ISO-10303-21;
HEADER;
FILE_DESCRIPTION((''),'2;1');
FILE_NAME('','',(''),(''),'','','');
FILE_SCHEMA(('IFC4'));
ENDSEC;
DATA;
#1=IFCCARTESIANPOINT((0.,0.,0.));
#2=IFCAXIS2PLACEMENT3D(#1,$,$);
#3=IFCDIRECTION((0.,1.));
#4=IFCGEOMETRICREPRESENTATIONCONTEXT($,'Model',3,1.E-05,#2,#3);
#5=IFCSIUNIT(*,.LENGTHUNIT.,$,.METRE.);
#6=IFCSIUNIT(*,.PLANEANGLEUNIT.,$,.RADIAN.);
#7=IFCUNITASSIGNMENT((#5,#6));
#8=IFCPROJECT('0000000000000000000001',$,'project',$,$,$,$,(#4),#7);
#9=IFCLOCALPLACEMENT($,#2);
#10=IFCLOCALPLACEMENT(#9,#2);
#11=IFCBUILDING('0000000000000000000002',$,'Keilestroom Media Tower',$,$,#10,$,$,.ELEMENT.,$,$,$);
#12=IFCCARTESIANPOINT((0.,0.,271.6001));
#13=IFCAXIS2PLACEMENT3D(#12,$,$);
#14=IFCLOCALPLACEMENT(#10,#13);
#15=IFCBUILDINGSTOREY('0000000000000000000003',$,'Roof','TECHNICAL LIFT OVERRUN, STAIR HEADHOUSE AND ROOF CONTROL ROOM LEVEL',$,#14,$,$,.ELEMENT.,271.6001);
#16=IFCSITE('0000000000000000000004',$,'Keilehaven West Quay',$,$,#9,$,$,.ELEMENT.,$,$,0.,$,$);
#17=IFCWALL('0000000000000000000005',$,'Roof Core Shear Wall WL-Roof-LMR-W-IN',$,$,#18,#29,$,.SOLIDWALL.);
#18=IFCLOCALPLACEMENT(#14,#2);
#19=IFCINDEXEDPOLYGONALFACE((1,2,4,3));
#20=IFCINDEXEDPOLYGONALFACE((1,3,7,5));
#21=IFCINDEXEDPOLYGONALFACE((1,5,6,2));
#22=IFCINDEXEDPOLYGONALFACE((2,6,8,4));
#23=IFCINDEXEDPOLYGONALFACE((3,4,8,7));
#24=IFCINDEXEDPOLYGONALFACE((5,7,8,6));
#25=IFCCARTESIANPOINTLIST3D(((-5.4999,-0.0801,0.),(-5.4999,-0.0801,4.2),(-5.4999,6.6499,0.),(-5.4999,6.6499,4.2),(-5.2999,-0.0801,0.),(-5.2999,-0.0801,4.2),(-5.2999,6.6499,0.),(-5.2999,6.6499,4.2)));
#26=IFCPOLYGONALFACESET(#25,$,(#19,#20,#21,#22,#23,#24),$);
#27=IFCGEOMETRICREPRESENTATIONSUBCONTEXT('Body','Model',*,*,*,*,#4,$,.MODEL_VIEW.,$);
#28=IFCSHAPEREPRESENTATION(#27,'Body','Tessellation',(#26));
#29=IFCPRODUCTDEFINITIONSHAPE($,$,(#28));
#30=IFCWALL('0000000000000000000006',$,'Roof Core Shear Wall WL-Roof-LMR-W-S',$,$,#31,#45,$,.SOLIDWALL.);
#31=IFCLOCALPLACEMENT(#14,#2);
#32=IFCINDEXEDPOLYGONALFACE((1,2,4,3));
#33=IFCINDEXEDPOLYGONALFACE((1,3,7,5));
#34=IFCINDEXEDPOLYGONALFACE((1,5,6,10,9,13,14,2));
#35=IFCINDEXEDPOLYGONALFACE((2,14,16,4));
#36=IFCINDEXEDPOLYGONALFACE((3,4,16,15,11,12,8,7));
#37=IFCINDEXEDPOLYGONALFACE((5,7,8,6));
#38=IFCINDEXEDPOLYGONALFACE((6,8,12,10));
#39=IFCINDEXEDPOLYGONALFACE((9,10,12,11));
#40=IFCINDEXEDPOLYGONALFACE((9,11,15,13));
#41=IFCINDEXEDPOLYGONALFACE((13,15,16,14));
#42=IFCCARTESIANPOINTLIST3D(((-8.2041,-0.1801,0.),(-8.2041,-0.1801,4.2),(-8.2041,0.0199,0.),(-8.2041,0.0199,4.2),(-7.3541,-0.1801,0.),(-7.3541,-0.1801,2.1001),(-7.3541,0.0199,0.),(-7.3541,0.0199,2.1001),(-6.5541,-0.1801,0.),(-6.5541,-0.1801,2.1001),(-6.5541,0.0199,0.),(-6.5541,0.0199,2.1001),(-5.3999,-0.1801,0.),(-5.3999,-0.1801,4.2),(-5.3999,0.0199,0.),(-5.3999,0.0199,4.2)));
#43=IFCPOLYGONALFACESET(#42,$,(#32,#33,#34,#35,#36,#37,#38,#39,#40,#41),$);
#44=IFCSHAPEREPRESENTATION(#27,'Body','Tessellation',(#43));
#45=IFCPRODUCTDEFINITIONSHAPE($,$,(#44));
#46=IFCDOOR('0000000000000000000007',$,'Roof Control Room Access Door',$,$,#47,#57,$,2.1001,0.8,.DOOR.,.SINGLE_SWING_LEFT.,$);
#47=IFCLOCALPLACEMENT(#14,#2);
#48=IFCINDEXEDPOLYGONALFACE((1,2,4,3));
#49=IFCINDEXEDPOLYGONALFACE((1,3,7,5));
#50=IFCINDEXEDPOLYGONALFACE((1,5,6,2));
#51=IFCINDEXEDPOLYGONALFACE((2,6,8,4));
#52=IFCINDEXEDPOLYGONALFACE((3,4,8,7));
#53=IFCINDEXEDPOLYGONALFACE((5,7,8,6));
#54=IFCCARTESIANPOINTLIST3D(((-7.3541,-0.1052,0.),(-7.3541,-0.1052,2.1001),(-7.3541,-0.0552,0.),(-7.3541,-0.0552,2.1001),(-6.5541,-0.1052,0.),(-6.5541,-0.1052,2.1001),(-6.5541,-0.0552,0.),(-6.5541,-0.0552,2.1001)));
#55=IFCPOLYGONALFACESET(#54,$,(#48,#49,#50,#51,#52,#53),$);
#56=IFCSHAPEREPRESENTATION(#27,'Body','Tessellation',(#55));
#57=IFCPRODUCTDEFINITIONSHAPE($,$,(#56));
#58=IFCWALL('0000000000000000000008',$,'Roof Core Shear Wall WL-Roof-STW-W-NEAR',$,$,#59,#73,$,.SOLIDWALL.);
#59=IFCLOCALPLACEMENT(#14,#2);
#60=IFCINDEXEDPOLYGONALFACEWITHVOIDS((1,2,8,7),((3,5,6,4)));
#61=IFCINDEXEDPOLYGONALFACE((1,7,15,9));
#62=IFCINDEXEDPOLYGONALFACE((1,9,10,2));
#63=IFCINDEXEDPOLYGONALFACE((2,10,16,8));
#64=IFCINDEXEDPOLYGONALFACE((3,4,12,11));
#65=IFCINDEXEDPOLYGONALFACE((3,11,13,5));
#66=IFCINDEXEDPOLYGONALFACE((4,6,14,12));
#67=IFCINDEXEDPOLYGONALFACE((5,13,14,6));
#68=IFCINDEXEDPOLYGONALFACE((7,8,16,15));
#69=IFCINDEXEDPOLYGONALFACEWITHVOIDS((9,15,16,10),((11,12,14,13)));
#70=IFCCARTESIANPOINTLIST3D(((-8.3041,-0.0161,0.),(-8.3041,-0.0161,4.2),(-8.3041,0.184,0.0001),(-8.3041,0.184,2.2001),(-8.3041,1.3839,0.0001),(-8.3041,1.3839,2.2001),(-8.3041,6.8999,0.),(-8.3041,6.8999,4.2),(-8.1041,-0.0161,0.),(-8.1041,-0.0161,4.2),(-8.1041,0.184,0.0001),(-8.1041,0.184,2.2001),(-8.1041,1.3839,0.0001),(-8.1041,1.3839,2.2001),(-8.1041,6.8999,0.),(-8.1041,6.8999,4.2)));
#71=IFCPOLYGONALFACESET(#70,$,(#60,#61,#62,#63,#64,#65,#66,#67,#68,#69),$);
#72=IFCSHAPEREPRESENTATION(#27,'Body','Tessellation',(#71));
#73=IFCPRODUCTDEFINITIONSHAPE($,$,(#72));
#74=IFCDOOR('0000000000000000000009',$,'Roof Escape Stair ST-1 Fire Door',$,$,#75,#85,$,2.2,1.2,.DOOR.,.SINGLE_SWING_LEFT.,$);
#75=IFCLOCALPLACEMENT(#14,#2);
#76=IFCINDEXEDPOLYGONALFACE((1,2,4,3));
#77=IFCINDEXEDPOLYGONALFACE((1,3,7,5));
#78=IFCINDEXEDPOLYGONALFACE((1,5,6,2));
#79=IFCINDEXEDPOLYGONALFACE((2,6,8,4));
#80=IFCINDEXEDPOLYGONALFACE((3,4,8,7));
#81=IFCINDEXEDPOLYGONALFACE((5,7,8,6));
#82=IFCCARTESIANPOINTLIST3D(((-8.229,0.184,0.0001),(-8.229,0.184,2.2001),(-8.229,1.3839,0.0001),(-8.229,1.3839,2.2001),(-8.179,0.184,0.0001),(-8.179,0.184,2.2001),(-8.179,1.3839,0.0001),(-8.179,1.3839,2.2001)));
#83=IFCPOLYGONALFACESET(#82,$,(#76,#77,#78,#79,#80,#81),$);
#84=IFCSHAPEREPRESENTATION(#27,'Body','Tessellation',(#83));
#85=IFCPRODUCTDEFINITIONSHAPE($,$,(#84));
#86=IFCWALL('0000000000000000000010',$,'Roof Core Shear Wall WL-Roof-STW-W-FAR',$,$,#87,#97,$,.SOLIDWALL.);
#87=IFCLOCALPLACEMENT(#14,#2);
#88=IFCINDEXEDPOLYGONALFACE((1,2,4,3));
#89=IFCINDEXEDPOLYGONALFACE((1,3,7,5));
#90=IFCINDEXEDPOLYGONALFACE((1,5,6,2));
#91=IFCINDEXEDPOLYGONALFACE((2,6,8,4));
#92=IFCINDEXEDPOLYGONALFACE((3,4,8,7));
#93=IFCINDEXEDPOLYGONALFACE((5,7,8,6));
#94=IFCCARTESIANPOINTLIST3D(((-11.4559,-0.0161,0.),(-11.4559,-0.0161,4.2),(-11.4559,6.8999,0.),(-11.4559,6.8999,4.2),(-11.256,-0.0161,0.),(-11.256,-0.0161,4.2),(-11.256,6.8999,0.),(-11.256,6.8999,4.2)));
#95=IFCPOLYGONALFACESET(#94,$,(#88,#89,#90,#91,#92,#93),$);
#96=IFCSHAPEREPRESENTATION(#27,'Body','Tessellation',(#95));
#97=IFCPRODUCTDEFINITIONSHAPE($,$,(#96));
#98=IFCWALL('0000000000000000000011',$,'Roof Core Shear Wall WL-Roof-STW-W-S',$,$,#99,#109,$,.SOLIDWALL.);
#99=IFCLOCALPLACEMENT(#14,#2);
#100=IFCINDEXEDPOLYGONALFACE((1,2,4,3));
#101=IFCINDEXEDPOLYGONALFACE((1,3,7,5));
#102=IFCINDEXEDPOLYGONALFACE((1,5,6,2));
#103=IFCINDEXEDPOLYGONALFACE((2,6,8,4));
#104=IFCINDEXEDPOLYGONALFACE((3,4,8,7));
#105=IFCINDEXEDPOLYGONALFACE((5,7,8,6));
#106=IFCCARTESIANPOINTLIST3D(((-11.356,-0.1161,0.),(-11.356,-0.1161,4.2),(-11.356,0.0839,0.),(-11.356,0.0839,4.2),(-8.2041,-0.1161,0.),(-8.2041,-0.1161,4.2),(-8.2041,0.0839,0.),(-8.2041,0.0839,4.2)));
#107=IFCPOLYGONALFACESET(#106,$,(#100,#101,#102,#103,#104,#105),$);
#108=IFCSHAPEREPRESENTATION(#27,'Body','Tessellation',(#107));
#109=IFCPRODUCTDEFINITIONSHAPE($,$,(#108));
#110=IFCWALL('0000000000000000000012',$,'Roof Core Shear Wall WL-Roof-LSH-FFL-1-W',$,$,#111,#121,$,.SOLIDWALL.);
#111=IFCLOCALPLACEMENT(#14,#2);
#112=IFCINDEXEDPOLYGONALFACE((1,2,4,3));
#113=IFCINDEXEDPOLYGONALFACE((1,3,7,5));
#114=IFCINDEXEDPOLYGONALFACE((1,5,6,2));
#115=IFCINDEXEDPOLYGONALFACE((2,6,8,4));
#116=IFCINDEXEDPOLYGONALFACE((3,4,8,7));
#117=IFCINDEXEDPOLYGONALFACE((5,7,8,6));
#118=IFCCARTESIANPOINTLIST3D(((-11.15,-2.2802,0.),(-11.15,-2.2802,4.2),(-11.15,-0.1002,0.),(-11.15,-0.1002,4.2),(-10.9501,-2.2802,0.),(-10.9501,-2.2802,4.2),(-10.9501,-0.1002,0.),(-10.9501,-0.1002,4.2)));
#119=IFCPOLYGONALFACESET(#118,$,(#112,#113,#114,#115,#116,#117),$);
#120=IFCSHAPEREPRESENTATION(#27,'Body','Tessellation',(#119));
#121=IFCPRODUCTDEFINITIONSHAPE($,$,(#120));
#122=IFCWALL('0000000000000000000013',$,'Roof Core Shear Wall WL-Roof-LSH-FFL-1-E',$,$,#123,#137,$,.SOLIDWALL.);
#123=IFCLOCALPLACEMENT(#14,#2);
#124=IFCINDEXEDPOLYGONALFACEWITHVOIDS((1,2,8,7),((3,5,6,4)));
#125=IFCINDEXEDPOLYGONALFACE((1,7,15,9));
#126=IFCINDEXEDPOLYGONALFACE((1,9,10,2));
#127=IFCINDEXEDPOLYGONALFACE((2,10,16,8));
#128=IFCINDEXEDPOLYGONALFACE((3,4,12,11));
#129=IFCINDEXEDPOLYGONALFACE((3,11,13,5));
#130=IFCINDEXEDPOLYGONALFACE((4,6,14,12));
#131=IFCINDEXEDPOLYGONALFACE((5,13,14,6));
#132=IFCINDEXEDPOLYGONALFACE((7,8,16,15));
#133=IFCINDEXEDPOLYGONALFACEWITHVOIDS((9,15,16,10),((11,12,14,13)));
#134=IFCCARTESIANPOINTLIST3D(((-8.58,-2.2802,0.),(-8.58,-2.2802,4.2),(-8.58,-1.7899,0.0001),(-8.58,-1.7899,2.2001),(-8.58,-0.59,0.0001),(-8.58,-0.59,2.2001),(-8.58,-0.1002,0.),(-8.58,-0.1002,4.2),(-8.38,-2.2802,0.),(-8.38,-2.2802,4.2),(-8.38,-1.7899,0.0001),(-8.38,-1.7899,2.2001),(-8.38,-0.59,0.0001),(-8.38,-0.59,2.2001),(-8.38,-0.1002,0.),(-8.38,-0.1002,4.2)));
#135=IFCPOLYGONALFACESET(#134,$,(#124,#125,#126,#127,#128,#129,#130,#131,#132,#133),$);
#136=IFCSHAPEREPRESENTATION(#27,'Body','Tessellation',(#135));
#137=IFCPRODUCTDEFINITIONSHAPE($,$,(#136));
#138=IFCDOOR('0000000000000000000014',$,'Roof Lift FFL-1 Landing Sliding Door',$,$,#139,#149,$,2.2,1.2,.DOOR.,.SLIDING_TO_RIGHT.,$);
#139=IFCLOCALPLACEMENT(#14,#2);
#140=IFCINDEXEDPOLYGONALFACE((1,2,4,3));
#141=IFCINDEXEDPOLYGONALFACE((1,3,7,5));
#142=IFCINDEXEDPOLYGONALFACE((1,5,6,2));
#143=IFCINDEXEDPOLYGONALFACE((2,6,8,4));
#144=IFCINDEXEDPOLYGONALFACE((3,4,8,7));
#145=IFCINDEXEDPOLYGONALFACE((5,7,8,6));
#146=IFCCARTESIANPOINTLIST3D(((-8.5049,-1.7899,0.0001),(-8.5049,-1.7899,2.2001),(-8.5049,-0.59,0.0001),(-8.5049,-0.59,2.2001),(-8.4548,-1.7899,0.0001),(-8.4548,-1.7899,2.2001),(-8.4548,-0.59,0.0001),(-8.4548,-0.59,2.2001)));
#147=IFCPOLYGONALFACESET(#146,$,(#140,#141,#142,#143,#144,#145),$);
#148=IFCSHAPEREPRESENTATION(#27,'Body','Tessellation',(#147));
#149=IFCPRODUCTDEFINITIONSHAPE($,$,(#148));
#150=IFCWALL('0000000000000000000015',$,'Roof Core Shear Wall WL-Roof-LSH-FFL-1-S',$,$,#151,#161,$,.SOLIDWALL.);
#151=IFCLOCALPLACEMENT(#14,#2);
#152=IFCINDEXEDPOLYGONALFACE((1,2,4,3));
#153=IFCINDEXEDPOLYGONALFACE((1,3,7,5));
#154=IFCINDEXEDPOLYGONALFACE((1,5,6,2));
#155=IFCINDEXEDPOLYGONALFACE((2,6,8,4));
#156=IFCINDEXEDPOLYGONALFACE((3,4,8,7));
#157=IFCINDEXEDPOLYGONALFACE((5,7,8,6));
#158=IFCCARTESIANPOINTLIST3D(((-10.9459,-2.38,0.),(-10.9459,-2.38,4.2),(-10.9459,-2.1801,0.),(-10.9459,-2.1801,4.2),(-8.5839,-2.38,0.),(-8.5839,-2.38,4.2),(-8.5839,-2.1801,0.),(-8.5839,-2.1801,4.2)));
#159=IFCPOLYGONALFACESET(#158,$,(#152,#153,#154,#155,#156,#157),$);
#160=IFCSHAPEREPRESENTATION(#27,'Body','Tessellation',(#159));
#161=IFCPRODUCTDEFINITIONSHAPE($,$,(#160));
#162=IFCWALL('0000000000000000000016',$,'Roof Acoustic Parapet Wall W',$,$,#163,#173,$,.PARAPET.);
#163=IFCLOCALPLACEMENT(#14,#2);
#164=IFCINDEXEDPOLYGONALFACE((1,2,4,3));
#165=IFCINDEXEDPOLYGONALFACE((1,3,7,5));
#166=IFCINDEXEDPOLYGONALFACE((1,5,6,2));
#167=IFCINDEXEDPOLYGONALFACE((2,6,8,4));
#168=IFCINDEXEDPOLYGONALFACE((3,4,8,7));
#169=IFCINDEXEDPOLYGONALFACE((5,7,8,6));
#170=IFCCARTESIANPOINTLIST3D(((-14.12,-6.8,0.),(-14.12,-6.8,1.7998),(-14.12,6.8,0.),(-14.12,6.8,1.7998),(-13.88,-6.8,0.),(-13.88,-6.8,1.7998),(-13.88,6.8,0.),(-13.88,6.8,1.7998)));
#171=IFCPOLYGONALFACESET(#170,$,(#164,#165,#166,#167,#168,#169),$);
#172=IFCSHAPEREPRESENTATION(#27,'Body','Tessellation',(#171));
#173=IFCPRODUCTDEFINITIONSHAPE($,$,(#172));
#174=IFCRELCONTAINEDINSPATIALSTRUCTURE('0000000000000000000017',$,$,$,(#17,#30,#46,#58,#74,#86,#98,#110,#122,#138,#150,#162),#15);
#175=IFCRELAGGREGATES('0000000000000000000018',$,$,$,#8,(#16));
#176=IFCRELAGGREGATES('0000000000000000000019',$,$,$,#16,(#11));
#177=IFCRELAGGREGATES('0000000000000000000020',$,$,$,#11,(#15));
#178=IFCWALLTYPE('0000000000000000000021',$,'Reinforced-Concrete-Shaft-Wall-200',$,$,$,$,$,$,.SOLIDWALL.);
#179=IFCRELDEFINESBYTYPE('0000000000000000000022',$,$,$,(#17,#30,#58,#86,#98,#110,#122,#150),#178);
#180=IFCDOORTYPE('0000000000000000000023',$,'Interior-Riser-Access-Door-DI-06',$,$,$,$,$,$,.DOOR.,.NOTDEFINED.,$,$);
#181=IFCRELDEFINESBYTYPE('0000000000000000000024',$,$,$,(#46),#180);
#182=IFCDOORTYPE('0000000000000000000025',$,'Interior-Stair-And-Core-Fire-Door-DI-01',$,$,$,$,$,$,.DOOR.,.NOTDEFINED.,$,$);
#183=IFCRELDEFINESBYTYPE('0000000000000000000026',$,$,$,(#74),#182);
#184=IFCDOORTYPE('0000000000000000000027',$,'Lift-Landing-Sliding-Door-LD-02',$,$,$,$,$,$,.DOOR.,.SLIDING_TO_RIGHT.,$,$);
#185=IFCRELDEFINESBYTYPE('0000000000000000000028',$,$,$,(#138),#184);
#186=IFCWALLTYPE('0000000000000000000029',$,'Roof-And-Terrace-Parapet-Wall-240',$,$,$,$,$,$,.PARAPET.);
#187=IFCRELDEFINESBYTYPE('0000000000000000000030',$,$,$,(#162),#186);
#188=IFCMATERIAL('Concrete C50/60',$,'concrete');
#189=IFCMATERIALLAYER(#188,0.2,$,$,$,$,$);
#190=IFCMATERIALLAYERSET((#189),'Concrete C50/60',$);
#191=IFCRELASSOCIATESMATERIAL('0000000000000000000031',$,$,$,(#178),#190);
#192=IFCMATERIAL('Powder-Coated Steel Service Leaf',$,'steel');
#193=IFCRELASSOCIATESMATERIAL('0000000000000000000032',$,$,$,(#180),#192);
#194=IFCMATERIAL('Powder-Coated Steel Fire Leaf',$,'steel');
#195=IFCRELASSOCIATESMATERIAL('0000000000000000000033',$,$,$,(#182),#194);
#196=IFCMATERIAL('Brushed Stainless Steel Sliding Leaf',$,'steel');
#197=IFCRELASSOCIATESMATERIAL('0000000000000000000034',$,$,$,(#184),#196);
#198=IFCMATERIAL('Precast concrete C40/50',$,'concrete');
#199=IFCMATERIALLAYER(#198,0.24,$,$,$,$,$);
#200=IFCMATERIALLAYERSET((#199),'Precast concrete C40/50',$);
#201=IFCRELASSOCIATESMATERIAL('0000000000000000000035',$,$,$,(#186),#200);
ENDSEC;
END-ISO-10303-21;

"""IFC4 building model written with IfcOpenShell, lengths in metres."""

from ifc_helpers import new_model, si_unit, direction, frame, frame_2d, origin, place, context, subcontext, project, spatial, rectangle, extrude, source, transform, mapped, material, layer, layer_set, type_object, element, fill, save


model = new_model("IFC4")

# Units and contexts
model_context = context("Model", 3, precision=1e-05, world=origin(), true_north=direction((0.0, 1.0)))
body_context = subcontext(model_context, "Body", "Model", "MODEL_VIEW")
ifc_project = project(units=[si_unit("LENGTHUNIT", "METRE"), si_unit("PLANEANGLEUNIT", "RADIAN")], contexts=[model_context])

# Site, building, storey
site_placement = place(None, origin())
site = spatial("IfcSite", under=ifc_project, at=site_placement, Name="Keilehaven West Quay", CompositionType="ELEMENT", RefElevation=0.0)
building_placement = place(site_placement, origin())
building = spatial("IfcBuilding", under=site, at=building_placement, Name="Keilestroom Media Tower", CompositionType="ELEMENT")
storey_placement = place(building_placement, frame((0.0, 0.0, 271.6001)))
storey = spatial("IfcBuildingStorey", under=building, at=storey_placement, Name="Roof", Description="TECHNICAL LIFT OVERRUN, STAIR HEADHOUSE AND ROOF CONTROL ROOM LEVEL", CompositionType="ELEMENT", Elevation=271.6001)

# Shared definitions
ifc_material_1 = material(Name="Precast concrete C40/50", Category="concrete")

# Wall
ifc_material_2 = material(Name="Concrete C50/60", Category="concrete")
ifc_layer_1 = layer(ifc_material_2, 0.2)
ifc_layer_set_1 = layer_set([ifc_layer_1], Name="Concrete C50/60")
wall_type_1 = type_object("IfcWallType", Name="Reinforced-Concrete-Shaft-Wall-200", PredefinedType="SOLIDWALL", material=ifc_layer_set_1)
wall_1_placement = place(storey_placement, frame((-5.3999, -0.0801, 0.0), z_axis=(0.0, 0.0, 1.0), x_axis=(0.0, 1.0, 0.0)))
element("IfcWall", 1, at=wall_1_placement, inside=storey, type_object=wall_type_1, Name="Roof Core Shear Wall WL-Roof-LMR-W-IN", PredefinedType="SOLIDWALL", context=body_context, shape_type="SweptSolid", body=[
    extrude(rectangle(XDim=6.73, YDim=0.2, at=frame_2d((3.365, 0.0))), origin(), (0.0, 0.0, 1.0), 4.2),
])

# Walls, openings, doors
wall_2_placement = place(storey_placement, frame((-8.2041, -0.0801, 0.0), z_axis=(0.0, 0.0, 1.0), x_axis=(1.0, 0.0, 0.0)))
wall_2 = element("IfcWall", 2, at=wall_2_placement, inside=storey, type_object=wall_type_1, Name="Roof Core Shear Wall WL-Roof-LMR-W-S", PredefinedType="SOLIDWALL", context=body_context, shape_type="SweptSolid", body=[
    extrude(rectangle(XDim=2.8042, YDim=0.2, at=frame_2d((1.4021, 0.0))), origin(), (0.0, 0.0, 1.0), 4.2),
])
opening_1_placement = place(wall_2_placement, frame((0.8501, 0.0, 0.0)))
opening_1 = element("IfcOpeningElement", 3, at=opening_1_placement, cuts=wall_2, PredefinedType="OPENING", context=body_context, shape_type="SweptSolid", body=[
    extrude(rectangle(XDim=0.8, YDim=2.1001, at=frame_2d((0.3999, 1.05))), frame((0.0, 0.1099, 0.0), z_axis=(0.0, -1.0, 0.0), x_axis=(1.0, 0.0, 0.0)), (0.0, 0.0, 1.0), 0.22),
])
ifc_material_3 = material(Name="Powder-Coated Steel Service Leaf", Category="steel")
door_type_1 = type_object("IfcDoorType", Name="Interior-Riser-Access-Door-DI-06", OperationType="NOTDEFINED", PredefinedType="DOOR", material=ifc_material_3)
shared_shape_1 = source(origin(), body_context, "Body", "SweptSolid", [
    extrude(rectangle(XDim=0.8, YDim=2.1001, at=frame_2d((0.3999, 1.05))), frame((0.0, 0.0249, 0.0), z_axis=(0.0, -1.0, 0.0), x_axis=(1.0, 0.0, 0.0)), (0.0, 0.0, 1.0), 0.05),
])
door_1_placement = place(opening_1_placement, origin())
door_1 = element("IfcDoor", 4, at=door_1_placement, inside=storey, type_object=door_type_1, Name="Roof Control Room Access Door", OperationType="SINGLE_SWING_LEFT", OverallHeight=2.1001, OverallWidth=0.8, PredefinedType="DOOR", context=body_context, shape_type="MappedRepresentation", body=[
    mapped(shared_shape_1, transform((0.0, 0.0, 0.0), x_axis=(1.0, 0.0, 0.0), y_axis=(0.0, 1.0, 0.0), z_axis=(0.0, 0.0, 1.0), scale=1.0)),
])
fill(opening_1, door_1)
wall_3_placement = place(storey_placement, frame((-8.2041, -0.0161, 0.0), z_axis=(0.0, 0.0, 1.0), x_axis=(0.0, 1.0, 0.0)))
wall_3 = element("IfcWall", 5, at=wall_3_placement, inside=storey, type_object=wall_type_1, Name="Roof Core Shear Wall WL-Roof-STW-W-NEAR", PredefinedType="SOLIDWALL", context=body_context, shape_type="SweptSolid", body=[
    extrude(rectangle(XDim=6.916, YDim=0.2, at=frame_2d((3.458, 0.0))), origin(), (0.0, 0.0, 1.0), 4.2),
])
opening_2_placement = place(wall_3_placement, frame((0.2, 0.0, 0.0)))
opening_2 = element("IfcOpeningElement", 6, at=opening_2_placement, cuts=wall_3, PredefinedType="OPENING", context=body_context, shape_type="SweptSolid", body=[
    extrude(rectangle(XDim=1.2, YDim=2.2, at=frame_2d((0.6001, 1.1001))), frame((0.0, 0.1099, 0.0), z_axis=(0.0, -1.0, 0.0), x_axis=(1.0, 0.0, 0.0)), (0.0, 0.0, 1.0), 0.22),
])
ifc_material_4 = material(Name="Powder-Coated Steel Fire Leaf", Category="steel")
door_type_2 = type_object("IfcDoorType", Name="Interior-Stair-And-Core-Fire-Door-DI-01", OperationType="NOTDEFINED", PredefinedType="DOOR", material=ifc_material_4)
shared_shape_2 = source(origin(), body_context, "Body", "SweptSolid", [
    extrude(rectangle(XDim=1.2, YDim=2.2, at=frame_2d((0.6001, 1.1001))), frame((0.0, 0.0249, 0.0), z_axis=(0.0, -1.0, 0.0), x_axis=(1.0, 0.0, 0.0)), (0.0, 0.0, 1.0), 0.05),
])
door_2_placement = place(opening_2_placement, origin())
door_2 = element("IfcDoor", 7, at=door_2_placement, inside=storey, type_object=door_type_2, Name="Roof Escape Stair ST-1 Fire Door", OperationType="SINGLE_SWING_LEFT", OverallHeight=2.2, OverallWidth=1.2, PredefinedType="DOOR", context=body_context, shape_type="MappedRepresentation", body=[
    mapped(shared_shape_2, transform((0.0, 0.0, 0.0), x_axis=(1.0, 0.0, 0.0), y_axis=(0.0, 1.0, 0.0), z_axis=(0.0, 0.0, 1.0), scale=1.0)),
])
fill(opening_2, door_2)

# Walls
wall_4_placement = place(storey_placement, frame((-11.356, -0.0161, 0.0), z_axis=(0.0, 0.0, 1.0), x_axis=(0.0, 1.0, 0.0)))
element("IfcWall", 8, at=wall_4_placement, inside=storey, type_object=wall_type_1, Name="Roof Core Shear Wall WL-Roof-STW-W-FAR", PredefinedType="SOLIDWALL", context=body_context, shape_type="SweptSolid", body=[
    extrude(rectangle(XDim=6.916, YDim=0.2, at=frame_2d((3.458, 0.0))), origin(), (0.0, 0.0, 1.0), 4.2),
])
wall_5_placement = place(storey_placement, frame((-11.356, -0.0161, 0.0), z_axis=(0.0, 0.0, 1.0), x_axis=(1.0, 0.0, 0.0)))
element("IfcWall", 9, at=wall_5_placement, inside=storey, type_object=wall_type_1, Name="Roof Core Shear Wall WL-Roof-STW-W-S", PredefinedType="SOLIDWALL", context=body_context, shape_type="SweptSolid", body=[
    extrude(rectangle(XDim=3.1519, YDim=0.2, at=frame_2d((1.5759, 0.0))), origin(), (0.0, 0.0, 1.0), 4.2),
])
wall_6_placement = place(storey_placement, frame((-11.05, -2.28, 0.0), z_axis=(0.0, 0.0, 1.0), x_axis=(0.0, 1.0, 0.0)))
element("IfcWall", 10, at=wall_6_placement, inside=storey, type_object=wall_type_1, Name="Roof Core Shear Wall WL-Roof-LSH-FFL-1-W", PredefinedType="SOLIDWALL", context=body_context, shape_type="SweptSolid", body=[
    extrude(rectangle(XDim=2.1799, YDim=0.2, at=frame_2d((1.0898, 0.0))), origin(), (0.0, 0.0, 1.0), 4.2),
])

# Wall, opening, door
wall_7_placement = place(storey_placement, frame((-8.48, -2.28, 0.0), z_axis=(0.0, 0.0, 1.0), x_axis=(0.0, 1.0, 0.0)))
wall_7 = element("IfcWall", 11, at=wall_7_placement, inside=storey, type_object=wall_type_1, Name="Roof Core Shear Wall WL-Roof-LSH-FFL-1-E", PredefinedType="SOLIDWALL", context=body_context, shape_type="SweptSolid", body=[
    extrude(rectangle(XDim=2.1799, YDim=0.2, at=frame_2d((1.0898, 0.0))), origin(), (0.0, 0.0, 1.0), 4.2),
])
opening_3_placement = place(wall_7_placement, frame((0.49, 0.0, 0.0)))
opening_3 = element("IfcOpeningElement", 12, at=opening_3_placement, cuts=wall_7, PredefinedType="OPENING", context=body_context, shape_type="SweptSolid", body=[
    extrude(rectangle(XDim=1.2, YDim=2.2, at=frame_2d((0.6001, 1.1001))), frame((0.0, 0.1099, 0.0), z_axis=(0.0, -1.0, 0.0), x_axis=(1.0, 0.0, 0.0)), (0.0, 0.0, 1.0), 0.22),
])
ifc_material_5 = material(Name="Brushed Stainless Steel Sliding Leaf", Category="steel")
door_type_3 = type_object("IfcDoorType", Name="Lift-Landing-Sliding-Door-LD-02", OperationType="SLIDING_TO_RIGHT", PredefinedType="DOOR", material=ifc_material_5)
door_3_placement = place(opening_3_placement, origin())
door_3 = element("IfcDoor", 13, at=door_3_placement, inside=storey, type_object=door_type_3, Name="Roof Lift FFL-1 Landing Sliding Door", OperationType="SLIDING_TO_RIGHT", OverallHeight=2.2, OverallWidth=1.2, PredefinedType="DOOR", context=body_context, shape_type="MappedRepresentation", body=[
    mapped(shared_shape_2, transform((0.0, 0.0, 0.0), x_axis=(1.0, 0.0, 0.0), y_axis=(0.0, 1.0, 0.0), z_axis=(0.0, 0.0, 1.0), scale=1.0)),
])
fill(opening_3, door_3)

# Walls
wall_8_placement = place(storey_placement, frame((-10.946, -2.28, 0.0), z_axis=(0.0, 0.0, 1.0), x_axis=(1.0, 0.0, 0.0)))
element("IfcWall", 14, at=wall_8_placement, inside=storey, type_object=wall_type_1, Name="Roof Core Shear Wall WL-Roof-LSH-FFL-1-S", PredefinedType="SOLIDWALL", context=body_context, shape_type="SweptSolid", body=[
    extrude(rectangle(XDim=2.3621, YDim=0.2, at=frame_2d((1.1812, 0.0))), origin(), (0.0, 0.0, 1.0), 4.2),
])
ifc_layer_2 = layer(ifc_material_1, 0.24)
ifc_layer_set_2 = layer_set([ifc_layer_2], Name="Precast concrete C40/50")
wall_type_2 = type_object("IfcWallType", Name="Roof-And-Terrace-Parapet-Wall-240", PredefinedType="PARAPET", material=ifc_layer_set_2)
wall_9_placement = place(storey_placement, frame((-14.0, -6.8, 0.0), z_axis=(0.0, 0.0, 1.0), x_axis=(0.0, 1.0, 0.0)))
element("IfcWall", 15, at=wall_9_placement, inside=storey, type_object=wall_type_2, Name="Roof Acoustic Parapet Wall W", PredefinedType="PARAPET", context=body_context, shape_type="SweptSolid", body=[
    extrude(rectangle(XDim=13.6001, YDim=0.24, at=frame_2d((6.8, 0.0))), origin(), (0.0, 0.0, 1.0), 1.7998),
])

save(model, "model.ifc")
